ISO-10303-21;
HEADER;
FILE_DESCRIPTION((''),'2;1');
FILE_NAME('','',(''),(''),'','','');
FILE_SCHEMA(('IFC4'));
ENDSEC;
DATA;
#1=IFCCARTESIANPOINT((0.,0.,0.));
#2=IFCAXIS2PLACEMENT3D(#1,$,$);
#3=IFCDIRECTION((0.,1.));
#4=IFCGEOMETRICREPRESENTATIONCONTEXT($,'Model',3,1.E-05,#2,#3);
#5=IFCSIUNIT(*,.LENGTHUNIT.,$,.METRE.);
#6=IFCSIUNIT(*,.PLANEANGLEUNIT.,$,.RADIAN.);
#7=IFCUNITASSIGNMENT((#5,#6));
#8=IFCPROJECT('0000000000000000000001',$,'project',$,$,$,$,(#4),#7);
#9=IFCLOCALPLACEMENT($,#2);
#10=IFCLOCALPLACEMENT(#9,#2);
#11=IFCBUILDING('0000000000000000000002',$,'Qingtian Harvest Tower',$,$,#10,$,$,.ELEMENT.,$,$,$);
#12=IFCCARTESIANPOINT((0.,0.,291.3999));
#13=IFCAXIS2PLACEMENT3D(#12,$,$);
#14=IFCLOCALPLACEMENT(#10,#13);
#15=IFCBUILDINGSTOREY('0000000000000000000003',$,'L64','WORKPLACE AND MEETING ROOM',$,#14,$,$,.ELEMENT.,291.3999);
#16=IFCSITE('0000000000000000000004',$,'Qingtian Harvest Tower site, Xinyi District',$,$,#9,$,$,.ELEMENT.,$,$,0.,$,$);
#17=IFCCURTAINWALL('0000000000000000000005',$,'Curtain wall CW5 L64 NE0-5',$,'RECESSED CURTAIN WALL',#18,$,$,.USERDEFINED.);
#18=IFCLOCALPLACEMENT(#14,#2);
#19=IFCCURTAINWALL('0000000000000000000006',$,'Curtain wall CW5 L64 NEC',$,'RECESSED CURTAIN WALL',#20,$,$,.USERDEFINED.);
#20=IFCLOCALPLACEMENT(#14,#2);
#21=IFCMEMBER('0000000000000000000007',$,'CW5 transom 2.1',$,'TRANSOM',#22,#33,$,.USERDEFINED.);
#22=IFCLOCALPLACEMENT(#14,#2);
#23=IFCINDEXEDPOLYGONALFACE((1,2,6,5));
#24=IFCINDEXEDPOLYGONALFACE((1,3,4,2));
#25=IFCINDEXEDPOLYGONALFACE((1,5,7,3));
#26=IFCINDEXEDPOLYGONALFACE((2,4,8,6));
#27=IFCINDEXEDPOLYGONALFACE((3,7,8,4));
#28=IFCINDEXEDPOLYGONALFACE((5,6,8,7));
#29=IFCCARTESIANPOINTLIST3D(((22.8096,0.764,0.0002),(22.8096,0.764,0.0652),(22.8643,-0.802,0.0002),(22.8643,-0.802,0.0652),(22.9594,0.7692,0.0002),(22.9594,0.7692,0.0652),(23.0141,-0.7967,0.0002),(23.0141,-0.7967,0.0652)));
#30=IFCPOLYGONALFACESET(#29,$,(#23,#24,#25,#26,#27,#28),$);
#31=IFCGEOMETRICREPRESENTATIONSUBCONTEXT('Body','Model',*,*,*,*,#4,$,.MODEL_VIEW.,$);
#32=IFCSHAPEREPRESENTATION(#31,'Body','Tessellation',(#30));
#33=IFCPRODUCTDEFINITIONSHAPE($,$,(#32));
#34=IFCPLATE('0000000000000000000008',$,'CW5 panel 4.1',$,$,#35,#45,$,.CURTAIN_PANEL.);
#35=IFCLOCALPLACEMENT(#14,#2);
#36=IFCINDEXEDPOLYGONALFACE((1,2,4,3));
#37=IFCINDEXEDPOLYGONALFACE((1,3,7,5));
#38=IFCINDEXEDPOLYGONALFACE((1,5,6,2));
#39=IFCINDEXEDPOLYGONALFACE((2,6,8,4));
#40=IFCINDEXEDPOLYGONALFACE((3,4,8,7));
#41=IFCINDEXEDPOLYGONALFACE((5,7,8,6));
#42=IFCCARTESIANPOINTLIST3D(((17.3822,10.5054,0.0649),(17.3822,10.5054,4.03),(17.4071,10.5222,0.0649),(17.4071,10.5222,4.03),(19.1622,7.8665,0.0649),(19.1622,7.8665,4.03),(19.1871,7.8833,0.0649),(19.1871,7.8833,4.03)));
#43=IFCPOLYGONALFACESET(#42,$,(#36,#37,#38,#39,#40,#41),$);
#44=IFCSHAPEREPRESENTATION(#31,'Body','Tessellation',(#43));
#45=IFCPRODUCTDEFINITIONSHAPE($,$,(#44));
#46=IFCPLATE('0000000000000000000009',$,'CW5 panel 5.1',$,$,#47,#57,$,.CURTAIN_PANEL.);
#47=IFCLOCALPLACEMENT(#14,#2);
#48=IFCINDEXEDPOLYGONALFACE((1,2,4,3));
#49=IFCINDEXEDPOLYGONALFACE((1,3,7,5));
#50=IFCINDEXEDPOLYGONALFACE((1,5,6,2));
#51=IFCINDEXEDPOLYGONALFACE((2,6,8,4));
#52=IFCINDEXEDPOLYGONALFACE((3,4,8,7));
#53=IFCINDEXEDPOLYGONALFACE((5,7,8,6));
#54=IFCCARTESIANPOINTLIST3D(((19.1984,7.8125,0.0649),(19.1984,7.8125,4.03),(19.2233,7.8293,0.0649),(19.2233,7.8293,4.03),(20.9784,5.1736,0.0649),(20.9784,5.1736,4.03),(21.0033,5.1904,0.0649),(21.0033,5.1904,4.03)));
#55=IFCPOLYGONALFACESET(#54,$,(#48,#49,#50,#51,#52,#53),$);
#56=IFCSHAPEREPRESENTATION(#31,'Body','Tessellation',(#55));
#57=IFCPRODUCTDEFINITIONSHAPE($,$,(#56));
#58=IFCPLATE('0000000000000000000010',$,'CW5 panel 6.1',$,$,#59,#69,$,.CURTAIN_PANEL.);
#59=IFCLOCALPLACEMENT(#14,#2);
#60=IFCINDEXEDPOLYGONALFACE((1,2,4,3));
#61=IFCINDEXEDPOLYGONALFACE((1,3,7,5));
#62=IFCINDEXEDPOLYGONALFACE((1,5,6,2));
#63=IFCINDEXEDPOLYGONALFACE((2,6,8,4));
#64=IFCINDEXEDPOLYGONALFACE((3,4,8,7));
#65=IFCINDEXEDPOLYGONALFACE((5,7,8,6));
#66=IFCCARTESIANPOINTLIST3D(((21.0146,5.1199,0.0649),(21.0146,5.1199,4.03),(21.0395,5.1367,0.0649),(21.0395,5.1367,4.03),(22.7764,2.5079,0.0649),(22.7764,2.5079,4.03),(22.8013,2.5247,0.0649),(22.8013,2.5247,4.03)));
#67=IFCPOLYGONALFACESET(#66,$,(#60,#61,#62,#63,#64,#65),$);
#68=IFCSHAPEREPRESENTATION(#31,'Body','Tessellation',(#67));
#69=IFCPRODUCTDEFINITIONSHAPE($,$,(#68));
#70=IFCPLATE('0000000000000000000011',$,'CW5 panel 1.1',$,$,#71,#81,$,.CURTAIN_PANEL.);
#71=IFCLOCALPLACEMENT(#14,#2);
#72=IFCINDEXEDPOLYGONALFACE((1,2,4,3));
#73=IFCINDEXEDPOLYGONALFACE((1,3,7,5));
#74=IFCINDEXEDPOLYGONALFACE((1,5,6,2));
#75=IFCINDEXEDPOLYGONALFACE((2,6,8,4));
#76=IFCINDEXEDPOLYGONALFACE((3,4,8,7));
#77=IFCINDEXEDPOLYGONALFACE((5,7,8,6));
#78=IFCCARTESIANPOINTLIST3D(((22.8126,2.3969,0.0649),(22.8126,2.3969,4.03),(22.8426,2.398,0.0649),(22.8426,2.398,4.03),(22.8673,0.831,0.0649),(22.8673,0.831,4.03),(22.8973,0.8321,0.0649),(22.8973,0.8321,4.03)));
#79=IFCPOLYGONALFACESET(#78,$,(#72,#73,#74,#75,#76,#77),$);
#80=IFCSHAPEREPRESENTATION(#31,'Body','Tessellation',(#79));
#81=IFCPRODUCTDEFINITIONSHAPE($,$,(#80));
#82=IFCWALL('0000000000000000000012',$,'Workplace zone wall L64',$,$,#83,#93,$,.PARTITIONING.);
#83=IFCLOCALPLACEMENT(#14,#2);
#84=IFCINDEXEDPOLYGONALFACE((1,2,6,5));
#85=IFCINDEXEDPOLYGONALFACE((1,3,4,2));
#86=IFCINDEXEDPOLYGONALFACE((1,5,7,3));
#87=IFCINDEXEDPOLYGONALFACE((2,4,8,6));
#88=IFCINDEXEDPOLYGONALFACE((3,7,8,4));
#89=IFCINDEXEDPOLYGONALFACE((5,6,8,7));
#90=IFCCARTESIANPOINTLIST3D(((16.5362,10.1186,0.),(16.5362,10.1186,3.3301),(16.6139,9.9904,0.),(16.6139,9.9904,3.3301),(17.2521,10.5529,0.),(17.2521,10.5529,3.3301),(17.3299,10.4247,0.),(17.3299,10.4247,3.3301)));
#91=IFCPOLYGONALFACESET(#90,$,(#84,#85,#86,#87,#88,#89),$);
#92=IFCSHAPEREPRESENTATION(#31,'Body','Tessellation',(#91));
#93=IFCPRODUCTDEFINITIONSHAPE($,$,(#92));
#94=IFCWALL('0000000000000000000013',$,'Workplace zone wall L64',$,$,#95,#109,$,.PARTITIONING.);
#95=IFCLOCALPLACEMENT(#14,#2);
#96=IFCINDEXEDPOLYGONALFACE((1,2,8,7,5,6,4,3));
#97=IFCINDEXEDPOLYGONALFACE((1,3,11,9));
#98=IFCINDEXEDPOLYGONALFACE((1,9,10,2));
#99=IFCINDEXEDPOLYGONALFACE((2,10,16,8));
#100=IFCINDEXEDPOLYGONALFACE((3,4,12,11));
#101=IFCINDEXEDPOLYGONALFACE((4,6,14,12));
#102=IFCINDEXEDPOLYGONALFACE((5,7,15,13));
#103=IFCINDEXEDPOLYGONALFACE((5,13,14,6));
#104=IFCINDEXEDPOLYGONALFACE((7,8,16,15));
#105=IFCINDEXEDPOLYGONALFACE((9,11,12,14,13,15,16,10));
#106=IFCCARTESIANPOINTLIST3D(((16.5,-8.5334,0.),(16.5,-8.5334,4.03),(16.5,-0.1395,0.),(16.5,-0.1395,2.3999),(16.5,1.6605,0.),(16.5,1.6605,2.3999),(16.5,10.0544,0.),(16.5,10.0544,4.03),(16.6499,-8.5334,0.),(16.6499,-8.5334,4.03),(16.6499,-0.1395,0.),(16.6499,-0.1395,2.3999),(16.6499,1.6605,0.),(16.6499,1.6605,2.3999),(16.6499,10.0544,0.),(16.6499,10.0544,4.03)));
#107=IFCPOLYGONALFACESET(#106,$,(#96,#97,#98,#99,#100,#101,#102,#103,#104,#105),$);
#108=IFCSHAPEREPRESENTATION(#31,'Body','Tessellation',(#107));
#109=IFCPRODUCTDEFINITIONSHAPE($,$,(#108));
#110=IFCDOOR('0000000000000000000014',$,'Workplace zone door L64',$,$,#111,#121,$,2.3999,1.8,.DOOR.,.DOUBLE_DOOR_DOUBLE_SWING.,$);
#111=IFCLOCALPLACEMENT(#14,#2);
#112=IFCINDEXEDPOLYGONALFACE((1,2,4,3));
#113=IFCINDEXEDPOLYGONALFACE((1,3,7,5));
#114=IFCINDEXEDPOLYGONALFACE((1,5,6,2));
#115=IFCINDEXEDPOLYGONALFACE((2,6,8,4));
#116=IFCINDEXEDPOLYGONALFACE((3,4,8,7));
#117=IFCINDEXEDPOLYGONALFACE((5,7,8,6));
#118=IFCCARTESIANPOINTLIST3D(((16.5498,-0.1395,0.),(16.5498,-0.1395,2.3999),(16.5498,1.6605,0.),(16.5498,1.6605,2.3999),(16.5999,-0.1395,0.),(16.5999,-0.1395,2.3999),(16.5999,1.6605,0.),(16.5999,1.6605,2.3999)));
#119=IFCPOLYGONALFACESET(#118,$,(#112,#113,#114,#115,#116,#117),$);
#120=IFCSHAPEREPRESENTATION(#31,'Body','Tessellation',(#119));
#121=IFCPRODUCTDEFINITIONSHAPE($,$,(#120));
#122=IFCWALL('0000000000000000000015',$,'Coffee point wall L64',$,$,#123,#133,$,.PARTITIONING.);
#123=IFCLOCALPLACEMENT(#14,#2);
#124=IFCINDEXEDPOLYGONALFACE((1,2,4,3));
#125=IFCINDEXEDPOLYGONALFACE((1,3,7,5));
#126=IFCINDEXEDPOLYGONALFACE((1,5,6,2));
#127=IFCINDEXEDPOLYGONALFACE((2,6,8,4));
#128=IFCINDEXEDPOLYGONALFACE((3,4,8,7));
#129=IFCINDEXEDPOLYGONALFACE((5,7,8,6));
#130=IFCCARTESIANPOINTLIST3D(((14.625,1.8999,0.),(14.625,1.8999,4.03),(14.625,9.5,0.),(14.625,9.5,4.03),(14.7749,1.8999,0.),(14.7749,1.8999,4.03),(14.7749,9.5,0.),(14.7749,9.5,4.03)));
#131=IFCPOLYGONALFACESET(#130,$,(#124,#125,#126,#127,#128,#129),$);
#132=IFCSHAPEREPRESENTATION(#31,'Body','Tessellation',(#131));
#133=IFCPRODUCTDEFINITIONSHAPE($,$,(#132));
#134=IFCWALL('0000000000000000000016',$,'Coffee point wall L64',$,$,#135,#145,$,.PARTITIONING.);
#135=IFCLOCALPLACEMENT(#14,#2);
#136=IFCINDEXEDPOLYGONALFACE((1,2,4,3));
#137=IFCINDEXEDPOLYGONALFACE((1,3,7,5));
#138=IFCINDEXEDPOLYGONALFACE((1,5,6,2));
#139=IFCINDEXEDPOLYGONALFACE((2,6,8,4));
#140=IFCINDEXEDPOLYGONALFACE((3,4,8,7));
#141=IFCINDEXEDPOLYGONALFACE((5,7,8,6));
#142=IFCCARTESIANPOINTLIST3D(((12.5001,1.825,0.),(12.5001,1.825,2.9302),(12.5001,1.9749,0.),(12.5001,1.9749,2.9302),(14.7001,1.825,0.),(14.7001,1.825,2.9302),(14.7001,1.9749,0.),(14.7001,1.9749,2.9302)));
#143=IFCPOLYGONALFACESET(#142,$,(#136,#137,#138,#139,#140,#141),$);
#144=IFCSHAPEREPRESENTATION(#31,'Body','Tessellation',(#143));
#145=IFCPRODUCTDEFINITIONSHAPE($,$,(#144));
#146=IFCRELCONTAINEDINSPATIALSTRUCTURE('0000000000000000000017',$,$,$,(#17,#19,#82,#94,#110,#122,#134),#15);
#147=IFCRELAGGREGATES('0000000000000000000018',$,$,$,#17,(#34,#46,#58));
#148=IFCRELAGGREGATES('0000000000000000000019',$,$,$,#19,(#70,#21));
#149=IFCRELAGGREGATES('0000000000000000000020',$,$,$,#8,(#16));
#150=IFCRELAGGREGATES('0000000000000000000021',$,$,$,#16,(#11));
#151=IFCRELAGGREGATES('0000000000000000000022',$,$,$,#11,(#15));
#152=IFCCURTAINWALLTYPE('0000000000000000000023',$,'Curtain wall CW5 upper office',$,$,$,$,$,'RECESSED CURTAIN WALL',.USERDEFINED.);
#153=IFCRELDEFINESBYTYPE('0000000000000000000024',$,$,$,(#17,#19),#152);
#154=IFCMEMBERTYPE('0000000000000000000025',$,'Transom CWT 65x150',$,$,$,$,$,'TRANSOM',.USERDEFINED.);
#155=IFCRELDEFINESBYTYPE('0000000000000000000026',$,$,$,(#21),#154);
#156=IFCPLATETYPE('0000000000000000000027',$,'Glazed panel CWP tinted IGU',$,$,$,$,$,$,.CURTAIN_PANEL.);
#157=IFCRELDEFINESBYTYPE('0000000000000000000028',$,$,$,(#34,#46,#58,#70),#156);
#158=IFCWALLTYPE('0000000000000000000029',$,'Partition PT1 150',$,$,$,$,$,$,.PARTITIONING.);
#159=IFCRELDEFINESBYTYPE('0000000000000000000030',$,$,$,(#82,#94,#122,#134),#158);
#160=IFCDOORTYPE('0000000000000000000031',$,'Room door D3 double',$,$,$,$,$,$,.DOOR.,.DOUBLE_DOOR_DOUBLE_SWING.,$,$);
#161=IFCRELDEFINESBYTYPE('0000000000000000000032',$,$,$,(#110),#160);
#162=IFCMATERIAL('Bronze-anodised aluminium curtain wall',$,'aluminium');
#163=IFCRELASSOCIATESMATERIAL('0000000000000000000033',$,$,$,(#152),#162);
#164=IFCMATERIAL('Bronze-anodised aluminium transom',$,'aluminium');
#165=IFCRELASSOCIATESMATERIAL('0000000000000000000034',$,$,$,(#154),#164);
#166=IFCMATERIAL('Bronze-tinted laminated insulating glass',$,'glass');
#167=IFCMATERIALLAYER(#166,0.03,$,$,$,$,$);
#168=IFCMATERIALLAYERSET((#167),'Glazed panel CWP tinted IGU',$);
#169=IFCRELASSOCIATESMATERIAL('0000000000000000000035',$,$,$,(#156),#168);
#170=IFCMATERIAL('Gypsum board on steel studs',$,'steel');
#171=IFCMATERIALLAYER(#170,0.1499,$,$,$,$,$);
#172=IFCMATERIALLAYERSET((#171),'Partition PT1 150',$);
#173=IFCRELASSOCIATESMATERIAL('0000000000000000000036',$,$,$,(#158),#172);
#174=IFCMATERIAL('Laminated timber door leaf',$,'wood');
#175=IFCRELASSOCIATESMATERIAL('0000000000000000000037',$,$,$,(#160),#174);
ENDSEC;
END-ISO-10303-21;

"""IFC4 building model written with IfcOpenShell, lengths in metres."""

from ifc_helpers import new_model, si_unit, direction, frame, frame_2d, origin, origin_2d, place, context, subcontext, project, spatial, rectangle, extrude, material, layer, layer_set, material_profile, profile_set, type_object, element, fill, aggregate, save


model = new_model("IFC4")

# Units and contexts
model_context = context("Model", 3, precision=1e-05, world=origin(), true_north=direction((0.0, 1.0)))
body_context = subcontext(model_context, "Body", "Model", "MODEL_VIEW")
ifc_project = project(units=[si_unit("LENGTHUNIT", "METRE"), si_unit("PLANEANGLEUNIT", "RADIAN")], contexts=[model_context])

# Site, building, storey
site_placement = place(None, origin())
site = spatial("IfcSite", under=ifc_project, at=site_placement, Name="Qingtian Harvest Tower site, Xinyi District", CompositionType="ELEMENT", RefElevation=0.0)
building_placement = place(site_placement, origin())
building = spatial("IfcBuilding", under=site, at=building_placement, Name="Qingtian Harvest Tower", CompositionType="ELEMENT")
storey_placement = place(building_placement, frame((0.0, 0.0, 291.3999)))
storey = spatial("IfcBuildingStorey", under=building, at=storey_placement, Name="L64", Description="WORKPLACE AND MEETING ROOM", CompositionType="ELEMENT", Elevation=291.3999)

# Curtain walls
ifc_material_1 = material(Name="Bronze-anodised aluminium curtain wall", Category="aluminium")
curtain_wall_type = type_object("IfcCurtainWallType", Name="Curtain wall CW5 upper office", ElementType="RECESSED CURTAIN WALL", PredefinedType="USERDEFINED", material=ifc_material_1)
curtain_wall_1_placement = place(storey_placement, origin())
curtain_wall_1 = element("IfcCurtainWall", 1, at=curtain_wall_1_placement, inside=storey, type_object=curtain_wall_type, Name="Curtain wall CW5 L64 NE0-5", ObjectType="RECESSED CURTAIN WALL", PredefinedType="USERDEFINED")
curtain_wall_2_placement = place(storey_placement, origin())
curtain_wall_2 = element("IfcCurtainWall", 2, at=curtain_wall_2_placement, inside=storey, type_object=curtain_wall_type, Name="Curtain wall CW5 L64 NEC", ObjectType="RECESSED CURTAIN WALL", PredefinedType="USERDEFINED")

# Member
ifc_material_2 = material(Name="Bronze-anodised aluminium transom", Category="aluminium")
ifc_material_profile_1 = material_profile(ifc_material_2, rectangle(XDim=0.1499, YDim=0.0649, at=origin_2d()), Name="AL 65x150")
ifc_profile_set_1 = profile_set([ifc_material_profile_1], Name="Bronze-anodised aluminium transom")
member_type_1 = type_object("IfcMemberType", Name="Transom CWT 65x150", ElementType="TRANSOM", PredefinedType="USERDEFINED", material=ifc_profile_set_1)
member_1_placement = place(storey_placement, frame((22.8845, 0.7666, 0.0327), z_axis=(0.034902, -0.999391, 0.0), x_axis=(0.999391, 0.034902, 0.0)))
member_1 = element("IfcMember", 3, at=member_1_placement, type_object=member_type_1, Name="CW5 transom 2.1", ObjectType="TRANSOM", PredefinedType="USERDEFINED", context=body_context, shape_type="SweptSolid", body=[
    extrude(rectangle(XDim=0.1499, YDim=0.0649, at=origin_2d()), origin(), (0.0, 0.0, 1.0), 1.5669),
])

# Plates
ifc_material_3 = material(Name="Bronze-tinted laminated insulating glass", Category="glass")
ifc_layer_1 = layer(ifc_material_3, 0.03)
ifc_layer_set_1 = layer_set([ifc_layer_1], Name="Glazed panel CWP tinted IGU")
plate_type = type_object("IfcPlateType", Name="Glazed panel CWP tinted IGU", PredefinedType="CURTAIN_PANEL", material=ifc_layer_set_1)
plate_1_placement = place(storey_placement, frame((18.2847, 9.1943, 0.0649), z_axis=(0.0, 0.0, 1.0), x_axis=(0.559193, -0.829038, 0.0)))
plate_1 = element("IfcPlate", 4, at=plate_1_placement, type_object=plate_type, Name="CW5 panel 4.1", PredefinedType="CURTAIN_PANEL", context=body_context, shape_type="SweptSolid", body=[
    extrude(rectangle(XDim=3.1831, YDim=0.03, at=origin_2d()), origin(), (0.0, 0.0, 1.0), 3.9651),
])
plate_2_placement = place(storey_placement, frame((20.1008, 6.5015, 0.0649), z_axis=(0.0, 0.0, 1.0), x_axis=(0.559193, -0.829038, 0.0)))
plate_2 = element("IfcPlate", 5, at=plate_2_placement, type_object=plate_type, Name="CW5 panel 5.1", PredefinedType="CURTAIN_PANEL", context=body_context, shape_type="SweptSolid", body=[
    extrude(rectangle(XDim=3.1831, YDim=0.03, at=origin_2d()), origin(), (0.0, 0.0, 1.0), 3.9651),
])
plate_3_placement = place(storey_placement, frame((21.908, 3.8223, 0.0649), z_axis=(0.0, 0.0, 1.0), x_axis=(0.559193, -0.829038, 0.0)))
plate_3 = element("IfcPlate", 6, at=plate_3_placement, type_object=plate_type, Name="CW5 panel 6.1", PredefinedType="CURTAIN_PANEL", context=body_context, shape_type="SweptSolid", body=[
    extrude(rectangle(XDim=3.1506, YDim=0.03, at=origin_2d()), origin(), (0.0, 0.0, 1.0), 3.9651),
])
aggregate(curtain_wall_1, [plate_1, plate_2, plate_3])
plate_4_placement = place(storey_placement, frame((22.855, 1.6145, 0.0649), z_axis=(0.0, 0.0, 1.0), x_axis=(0.034899, -0.999391, 0.0)))
plate_4 = element("IfcPlate", 7, at=plate_4_placement, type_object=plate_type, Name="CW5 panel 1.1", PredefinedType="CURTAIN_PANEL", context=body_context, shape_type="SweptSolid", body=[
    extrude(rectangle(XDim=1.5669, YDim=0.03, at=origin_2d()), origin(), (0.0, 0.0, 1.0), 3.9651),
])
aggregate(curtain_wall_2, [plate_4, member_1])

# Wall
ifc_material_4 = material(Name="Gypsum board on steel studs", Category="steel")
ifc_layer_2 = layer(ifc_material_4, 0.1499)
ifc_layer_set_2 = layer_set([ifc_layer_2], Name="Partition PT1 150")
wall_type = type_object("IfcWallType", Name="Partition PT1 150", PredefinedType="PARTITIONING", material=ifc_layer_set_2)
wall_1_placement = place(storey_placement, frame((17.291, 10.4888, 0.0), z_axis=(0.0, 0.0, 1.0), x_axis=(-0.855014, -0.518605, 0.0)))
element("IfcWall", 8, at=wall_1_placement, inside=storey, type_object=wall_type, Name="Workplace zone wall L64", PredefinedType="PARTITIONING", context=body_context, shape_type="SweptSolid", body=[
    extrude(rectangle(XDim=0.8374, YDim=0.1499, at=frame_2d((0.4187, 0.0))), origin(), (0.0, 0.0, 1.0), 3.3301),
])

# Wall, opening, door
wall_2_placement = place(storey_placement, frame((16.575, 10.0544, 0.0), z_axis=(0.0, 0.0, 1.0), x_axis=(0.0, -1.0, 0.0)))
wall_2 = element("IfcWall", 9, at=wall_2_placement, inside=storey, type_object=wall_type, Name="Workplace zone wall L64", PredefinedType="PARTITIONING", context=body_context, shape_type="SweptSolid", body=[
    extrude(rectangle(XDim=18.5879, YDim=0.1499, at=frame_2d((9.2939, 0.0))), origin(), (0.0, 0.0, 1.0), 4.03),
])
opening_placement = place(wall_2_placement, frame((8.394, 0.0, 0.0)))
opening = element("IfcOpeningElement", 10, at=opening_placement, cuts=wall_2, PredefinedType="OPENING", context=body_context, shape_type="SweptSolid", body=[
    extrude(rectangle(XDim=1.8, YDim=2.3999, at=frame_2d((0.8999, 1.2))), frame((0.0, 0.085, 0.0), z_axis=(0.0, -1.0, 0.0), x_axis=(1.0, 0.0, 0.0)), (0.0, 0.0, 1.0), 0.1699),
])
ifc_material_5 = material(Name="Laminated timber door leaf", Category="wood")
door_type = type_object("IfcDoorType", Name="Room door D3 double", OperationType="DOUBLE_DOOR_DOUBLE_SWING", PredefinedType="DOOR", material=ifc_material_5)
door_placement = place(opening_placement, origin())
door = element("IfcDoor", 11, at=door_placement, inside=storey, type_object=door_type, Name="Workplace zone door L64", OperationType="DOUBLE_DOOR_DOUBLE_SWING", OverallHeight=2.3999, OverallWidth=1.8, PredefinedType="DOOR", context=body_context, shape_type="SweptSolid", body=[
    extrude(rectangle(XDim=1.8, YDim=2.3999, at=frame_2d((0.8999, 1.2))), frame((0.0, 0.0249, 0.0), z_axis=(0.0, -1.0, 0.0), x_axis=(1.0, 0.0, 0.0)), (0.0, 0.0, 1.0), 0.05),
])
fill(opening, door)

# Walls
wall_3_placement = place(storey_placement, frame((14.7, 1.8999, 0.0), z_axis=(0.0, 0.0, 1.0), x_axis=(0.0, 1.0, 0.0)))
element("IfcWall", 12, at=wall_3_placement, inside=storey, type_object=wall_type, Name="Coffee point wall L64", PredefinedType="PARTITIONING", context=body_context, shape_type="SweptSolid", body=[
    extrude(rectangle(XDim=7.6001, YDim=0.1499, at=frame_2d((3.8, 0.0))), origin(), (0.0, 0.0, 1.0), 4.03),
])
wall_4_placement = place(storey_placement, frame((12.5, 1.8999, 0.0), z_axis=(0.0, 0.0, 1.0), x_axis=(1.0, 0.0, 0.0)))
element("IfcWall", 13, at=wall_4_placement, inside=storey, type_object=wall_type, Name="Coffee point wall L64", PredefinedType="PARTITIONING", context=body_context, shape_type="SweptSolid", body=[
    extrude(rectangle(XDim=2.2, YDim=0.1499, at=frame_2d((1.1001, 0.0))), origin(), (0.0, 0.0, 1.0), 2.9302),
])

save(model, "model.ifc")
